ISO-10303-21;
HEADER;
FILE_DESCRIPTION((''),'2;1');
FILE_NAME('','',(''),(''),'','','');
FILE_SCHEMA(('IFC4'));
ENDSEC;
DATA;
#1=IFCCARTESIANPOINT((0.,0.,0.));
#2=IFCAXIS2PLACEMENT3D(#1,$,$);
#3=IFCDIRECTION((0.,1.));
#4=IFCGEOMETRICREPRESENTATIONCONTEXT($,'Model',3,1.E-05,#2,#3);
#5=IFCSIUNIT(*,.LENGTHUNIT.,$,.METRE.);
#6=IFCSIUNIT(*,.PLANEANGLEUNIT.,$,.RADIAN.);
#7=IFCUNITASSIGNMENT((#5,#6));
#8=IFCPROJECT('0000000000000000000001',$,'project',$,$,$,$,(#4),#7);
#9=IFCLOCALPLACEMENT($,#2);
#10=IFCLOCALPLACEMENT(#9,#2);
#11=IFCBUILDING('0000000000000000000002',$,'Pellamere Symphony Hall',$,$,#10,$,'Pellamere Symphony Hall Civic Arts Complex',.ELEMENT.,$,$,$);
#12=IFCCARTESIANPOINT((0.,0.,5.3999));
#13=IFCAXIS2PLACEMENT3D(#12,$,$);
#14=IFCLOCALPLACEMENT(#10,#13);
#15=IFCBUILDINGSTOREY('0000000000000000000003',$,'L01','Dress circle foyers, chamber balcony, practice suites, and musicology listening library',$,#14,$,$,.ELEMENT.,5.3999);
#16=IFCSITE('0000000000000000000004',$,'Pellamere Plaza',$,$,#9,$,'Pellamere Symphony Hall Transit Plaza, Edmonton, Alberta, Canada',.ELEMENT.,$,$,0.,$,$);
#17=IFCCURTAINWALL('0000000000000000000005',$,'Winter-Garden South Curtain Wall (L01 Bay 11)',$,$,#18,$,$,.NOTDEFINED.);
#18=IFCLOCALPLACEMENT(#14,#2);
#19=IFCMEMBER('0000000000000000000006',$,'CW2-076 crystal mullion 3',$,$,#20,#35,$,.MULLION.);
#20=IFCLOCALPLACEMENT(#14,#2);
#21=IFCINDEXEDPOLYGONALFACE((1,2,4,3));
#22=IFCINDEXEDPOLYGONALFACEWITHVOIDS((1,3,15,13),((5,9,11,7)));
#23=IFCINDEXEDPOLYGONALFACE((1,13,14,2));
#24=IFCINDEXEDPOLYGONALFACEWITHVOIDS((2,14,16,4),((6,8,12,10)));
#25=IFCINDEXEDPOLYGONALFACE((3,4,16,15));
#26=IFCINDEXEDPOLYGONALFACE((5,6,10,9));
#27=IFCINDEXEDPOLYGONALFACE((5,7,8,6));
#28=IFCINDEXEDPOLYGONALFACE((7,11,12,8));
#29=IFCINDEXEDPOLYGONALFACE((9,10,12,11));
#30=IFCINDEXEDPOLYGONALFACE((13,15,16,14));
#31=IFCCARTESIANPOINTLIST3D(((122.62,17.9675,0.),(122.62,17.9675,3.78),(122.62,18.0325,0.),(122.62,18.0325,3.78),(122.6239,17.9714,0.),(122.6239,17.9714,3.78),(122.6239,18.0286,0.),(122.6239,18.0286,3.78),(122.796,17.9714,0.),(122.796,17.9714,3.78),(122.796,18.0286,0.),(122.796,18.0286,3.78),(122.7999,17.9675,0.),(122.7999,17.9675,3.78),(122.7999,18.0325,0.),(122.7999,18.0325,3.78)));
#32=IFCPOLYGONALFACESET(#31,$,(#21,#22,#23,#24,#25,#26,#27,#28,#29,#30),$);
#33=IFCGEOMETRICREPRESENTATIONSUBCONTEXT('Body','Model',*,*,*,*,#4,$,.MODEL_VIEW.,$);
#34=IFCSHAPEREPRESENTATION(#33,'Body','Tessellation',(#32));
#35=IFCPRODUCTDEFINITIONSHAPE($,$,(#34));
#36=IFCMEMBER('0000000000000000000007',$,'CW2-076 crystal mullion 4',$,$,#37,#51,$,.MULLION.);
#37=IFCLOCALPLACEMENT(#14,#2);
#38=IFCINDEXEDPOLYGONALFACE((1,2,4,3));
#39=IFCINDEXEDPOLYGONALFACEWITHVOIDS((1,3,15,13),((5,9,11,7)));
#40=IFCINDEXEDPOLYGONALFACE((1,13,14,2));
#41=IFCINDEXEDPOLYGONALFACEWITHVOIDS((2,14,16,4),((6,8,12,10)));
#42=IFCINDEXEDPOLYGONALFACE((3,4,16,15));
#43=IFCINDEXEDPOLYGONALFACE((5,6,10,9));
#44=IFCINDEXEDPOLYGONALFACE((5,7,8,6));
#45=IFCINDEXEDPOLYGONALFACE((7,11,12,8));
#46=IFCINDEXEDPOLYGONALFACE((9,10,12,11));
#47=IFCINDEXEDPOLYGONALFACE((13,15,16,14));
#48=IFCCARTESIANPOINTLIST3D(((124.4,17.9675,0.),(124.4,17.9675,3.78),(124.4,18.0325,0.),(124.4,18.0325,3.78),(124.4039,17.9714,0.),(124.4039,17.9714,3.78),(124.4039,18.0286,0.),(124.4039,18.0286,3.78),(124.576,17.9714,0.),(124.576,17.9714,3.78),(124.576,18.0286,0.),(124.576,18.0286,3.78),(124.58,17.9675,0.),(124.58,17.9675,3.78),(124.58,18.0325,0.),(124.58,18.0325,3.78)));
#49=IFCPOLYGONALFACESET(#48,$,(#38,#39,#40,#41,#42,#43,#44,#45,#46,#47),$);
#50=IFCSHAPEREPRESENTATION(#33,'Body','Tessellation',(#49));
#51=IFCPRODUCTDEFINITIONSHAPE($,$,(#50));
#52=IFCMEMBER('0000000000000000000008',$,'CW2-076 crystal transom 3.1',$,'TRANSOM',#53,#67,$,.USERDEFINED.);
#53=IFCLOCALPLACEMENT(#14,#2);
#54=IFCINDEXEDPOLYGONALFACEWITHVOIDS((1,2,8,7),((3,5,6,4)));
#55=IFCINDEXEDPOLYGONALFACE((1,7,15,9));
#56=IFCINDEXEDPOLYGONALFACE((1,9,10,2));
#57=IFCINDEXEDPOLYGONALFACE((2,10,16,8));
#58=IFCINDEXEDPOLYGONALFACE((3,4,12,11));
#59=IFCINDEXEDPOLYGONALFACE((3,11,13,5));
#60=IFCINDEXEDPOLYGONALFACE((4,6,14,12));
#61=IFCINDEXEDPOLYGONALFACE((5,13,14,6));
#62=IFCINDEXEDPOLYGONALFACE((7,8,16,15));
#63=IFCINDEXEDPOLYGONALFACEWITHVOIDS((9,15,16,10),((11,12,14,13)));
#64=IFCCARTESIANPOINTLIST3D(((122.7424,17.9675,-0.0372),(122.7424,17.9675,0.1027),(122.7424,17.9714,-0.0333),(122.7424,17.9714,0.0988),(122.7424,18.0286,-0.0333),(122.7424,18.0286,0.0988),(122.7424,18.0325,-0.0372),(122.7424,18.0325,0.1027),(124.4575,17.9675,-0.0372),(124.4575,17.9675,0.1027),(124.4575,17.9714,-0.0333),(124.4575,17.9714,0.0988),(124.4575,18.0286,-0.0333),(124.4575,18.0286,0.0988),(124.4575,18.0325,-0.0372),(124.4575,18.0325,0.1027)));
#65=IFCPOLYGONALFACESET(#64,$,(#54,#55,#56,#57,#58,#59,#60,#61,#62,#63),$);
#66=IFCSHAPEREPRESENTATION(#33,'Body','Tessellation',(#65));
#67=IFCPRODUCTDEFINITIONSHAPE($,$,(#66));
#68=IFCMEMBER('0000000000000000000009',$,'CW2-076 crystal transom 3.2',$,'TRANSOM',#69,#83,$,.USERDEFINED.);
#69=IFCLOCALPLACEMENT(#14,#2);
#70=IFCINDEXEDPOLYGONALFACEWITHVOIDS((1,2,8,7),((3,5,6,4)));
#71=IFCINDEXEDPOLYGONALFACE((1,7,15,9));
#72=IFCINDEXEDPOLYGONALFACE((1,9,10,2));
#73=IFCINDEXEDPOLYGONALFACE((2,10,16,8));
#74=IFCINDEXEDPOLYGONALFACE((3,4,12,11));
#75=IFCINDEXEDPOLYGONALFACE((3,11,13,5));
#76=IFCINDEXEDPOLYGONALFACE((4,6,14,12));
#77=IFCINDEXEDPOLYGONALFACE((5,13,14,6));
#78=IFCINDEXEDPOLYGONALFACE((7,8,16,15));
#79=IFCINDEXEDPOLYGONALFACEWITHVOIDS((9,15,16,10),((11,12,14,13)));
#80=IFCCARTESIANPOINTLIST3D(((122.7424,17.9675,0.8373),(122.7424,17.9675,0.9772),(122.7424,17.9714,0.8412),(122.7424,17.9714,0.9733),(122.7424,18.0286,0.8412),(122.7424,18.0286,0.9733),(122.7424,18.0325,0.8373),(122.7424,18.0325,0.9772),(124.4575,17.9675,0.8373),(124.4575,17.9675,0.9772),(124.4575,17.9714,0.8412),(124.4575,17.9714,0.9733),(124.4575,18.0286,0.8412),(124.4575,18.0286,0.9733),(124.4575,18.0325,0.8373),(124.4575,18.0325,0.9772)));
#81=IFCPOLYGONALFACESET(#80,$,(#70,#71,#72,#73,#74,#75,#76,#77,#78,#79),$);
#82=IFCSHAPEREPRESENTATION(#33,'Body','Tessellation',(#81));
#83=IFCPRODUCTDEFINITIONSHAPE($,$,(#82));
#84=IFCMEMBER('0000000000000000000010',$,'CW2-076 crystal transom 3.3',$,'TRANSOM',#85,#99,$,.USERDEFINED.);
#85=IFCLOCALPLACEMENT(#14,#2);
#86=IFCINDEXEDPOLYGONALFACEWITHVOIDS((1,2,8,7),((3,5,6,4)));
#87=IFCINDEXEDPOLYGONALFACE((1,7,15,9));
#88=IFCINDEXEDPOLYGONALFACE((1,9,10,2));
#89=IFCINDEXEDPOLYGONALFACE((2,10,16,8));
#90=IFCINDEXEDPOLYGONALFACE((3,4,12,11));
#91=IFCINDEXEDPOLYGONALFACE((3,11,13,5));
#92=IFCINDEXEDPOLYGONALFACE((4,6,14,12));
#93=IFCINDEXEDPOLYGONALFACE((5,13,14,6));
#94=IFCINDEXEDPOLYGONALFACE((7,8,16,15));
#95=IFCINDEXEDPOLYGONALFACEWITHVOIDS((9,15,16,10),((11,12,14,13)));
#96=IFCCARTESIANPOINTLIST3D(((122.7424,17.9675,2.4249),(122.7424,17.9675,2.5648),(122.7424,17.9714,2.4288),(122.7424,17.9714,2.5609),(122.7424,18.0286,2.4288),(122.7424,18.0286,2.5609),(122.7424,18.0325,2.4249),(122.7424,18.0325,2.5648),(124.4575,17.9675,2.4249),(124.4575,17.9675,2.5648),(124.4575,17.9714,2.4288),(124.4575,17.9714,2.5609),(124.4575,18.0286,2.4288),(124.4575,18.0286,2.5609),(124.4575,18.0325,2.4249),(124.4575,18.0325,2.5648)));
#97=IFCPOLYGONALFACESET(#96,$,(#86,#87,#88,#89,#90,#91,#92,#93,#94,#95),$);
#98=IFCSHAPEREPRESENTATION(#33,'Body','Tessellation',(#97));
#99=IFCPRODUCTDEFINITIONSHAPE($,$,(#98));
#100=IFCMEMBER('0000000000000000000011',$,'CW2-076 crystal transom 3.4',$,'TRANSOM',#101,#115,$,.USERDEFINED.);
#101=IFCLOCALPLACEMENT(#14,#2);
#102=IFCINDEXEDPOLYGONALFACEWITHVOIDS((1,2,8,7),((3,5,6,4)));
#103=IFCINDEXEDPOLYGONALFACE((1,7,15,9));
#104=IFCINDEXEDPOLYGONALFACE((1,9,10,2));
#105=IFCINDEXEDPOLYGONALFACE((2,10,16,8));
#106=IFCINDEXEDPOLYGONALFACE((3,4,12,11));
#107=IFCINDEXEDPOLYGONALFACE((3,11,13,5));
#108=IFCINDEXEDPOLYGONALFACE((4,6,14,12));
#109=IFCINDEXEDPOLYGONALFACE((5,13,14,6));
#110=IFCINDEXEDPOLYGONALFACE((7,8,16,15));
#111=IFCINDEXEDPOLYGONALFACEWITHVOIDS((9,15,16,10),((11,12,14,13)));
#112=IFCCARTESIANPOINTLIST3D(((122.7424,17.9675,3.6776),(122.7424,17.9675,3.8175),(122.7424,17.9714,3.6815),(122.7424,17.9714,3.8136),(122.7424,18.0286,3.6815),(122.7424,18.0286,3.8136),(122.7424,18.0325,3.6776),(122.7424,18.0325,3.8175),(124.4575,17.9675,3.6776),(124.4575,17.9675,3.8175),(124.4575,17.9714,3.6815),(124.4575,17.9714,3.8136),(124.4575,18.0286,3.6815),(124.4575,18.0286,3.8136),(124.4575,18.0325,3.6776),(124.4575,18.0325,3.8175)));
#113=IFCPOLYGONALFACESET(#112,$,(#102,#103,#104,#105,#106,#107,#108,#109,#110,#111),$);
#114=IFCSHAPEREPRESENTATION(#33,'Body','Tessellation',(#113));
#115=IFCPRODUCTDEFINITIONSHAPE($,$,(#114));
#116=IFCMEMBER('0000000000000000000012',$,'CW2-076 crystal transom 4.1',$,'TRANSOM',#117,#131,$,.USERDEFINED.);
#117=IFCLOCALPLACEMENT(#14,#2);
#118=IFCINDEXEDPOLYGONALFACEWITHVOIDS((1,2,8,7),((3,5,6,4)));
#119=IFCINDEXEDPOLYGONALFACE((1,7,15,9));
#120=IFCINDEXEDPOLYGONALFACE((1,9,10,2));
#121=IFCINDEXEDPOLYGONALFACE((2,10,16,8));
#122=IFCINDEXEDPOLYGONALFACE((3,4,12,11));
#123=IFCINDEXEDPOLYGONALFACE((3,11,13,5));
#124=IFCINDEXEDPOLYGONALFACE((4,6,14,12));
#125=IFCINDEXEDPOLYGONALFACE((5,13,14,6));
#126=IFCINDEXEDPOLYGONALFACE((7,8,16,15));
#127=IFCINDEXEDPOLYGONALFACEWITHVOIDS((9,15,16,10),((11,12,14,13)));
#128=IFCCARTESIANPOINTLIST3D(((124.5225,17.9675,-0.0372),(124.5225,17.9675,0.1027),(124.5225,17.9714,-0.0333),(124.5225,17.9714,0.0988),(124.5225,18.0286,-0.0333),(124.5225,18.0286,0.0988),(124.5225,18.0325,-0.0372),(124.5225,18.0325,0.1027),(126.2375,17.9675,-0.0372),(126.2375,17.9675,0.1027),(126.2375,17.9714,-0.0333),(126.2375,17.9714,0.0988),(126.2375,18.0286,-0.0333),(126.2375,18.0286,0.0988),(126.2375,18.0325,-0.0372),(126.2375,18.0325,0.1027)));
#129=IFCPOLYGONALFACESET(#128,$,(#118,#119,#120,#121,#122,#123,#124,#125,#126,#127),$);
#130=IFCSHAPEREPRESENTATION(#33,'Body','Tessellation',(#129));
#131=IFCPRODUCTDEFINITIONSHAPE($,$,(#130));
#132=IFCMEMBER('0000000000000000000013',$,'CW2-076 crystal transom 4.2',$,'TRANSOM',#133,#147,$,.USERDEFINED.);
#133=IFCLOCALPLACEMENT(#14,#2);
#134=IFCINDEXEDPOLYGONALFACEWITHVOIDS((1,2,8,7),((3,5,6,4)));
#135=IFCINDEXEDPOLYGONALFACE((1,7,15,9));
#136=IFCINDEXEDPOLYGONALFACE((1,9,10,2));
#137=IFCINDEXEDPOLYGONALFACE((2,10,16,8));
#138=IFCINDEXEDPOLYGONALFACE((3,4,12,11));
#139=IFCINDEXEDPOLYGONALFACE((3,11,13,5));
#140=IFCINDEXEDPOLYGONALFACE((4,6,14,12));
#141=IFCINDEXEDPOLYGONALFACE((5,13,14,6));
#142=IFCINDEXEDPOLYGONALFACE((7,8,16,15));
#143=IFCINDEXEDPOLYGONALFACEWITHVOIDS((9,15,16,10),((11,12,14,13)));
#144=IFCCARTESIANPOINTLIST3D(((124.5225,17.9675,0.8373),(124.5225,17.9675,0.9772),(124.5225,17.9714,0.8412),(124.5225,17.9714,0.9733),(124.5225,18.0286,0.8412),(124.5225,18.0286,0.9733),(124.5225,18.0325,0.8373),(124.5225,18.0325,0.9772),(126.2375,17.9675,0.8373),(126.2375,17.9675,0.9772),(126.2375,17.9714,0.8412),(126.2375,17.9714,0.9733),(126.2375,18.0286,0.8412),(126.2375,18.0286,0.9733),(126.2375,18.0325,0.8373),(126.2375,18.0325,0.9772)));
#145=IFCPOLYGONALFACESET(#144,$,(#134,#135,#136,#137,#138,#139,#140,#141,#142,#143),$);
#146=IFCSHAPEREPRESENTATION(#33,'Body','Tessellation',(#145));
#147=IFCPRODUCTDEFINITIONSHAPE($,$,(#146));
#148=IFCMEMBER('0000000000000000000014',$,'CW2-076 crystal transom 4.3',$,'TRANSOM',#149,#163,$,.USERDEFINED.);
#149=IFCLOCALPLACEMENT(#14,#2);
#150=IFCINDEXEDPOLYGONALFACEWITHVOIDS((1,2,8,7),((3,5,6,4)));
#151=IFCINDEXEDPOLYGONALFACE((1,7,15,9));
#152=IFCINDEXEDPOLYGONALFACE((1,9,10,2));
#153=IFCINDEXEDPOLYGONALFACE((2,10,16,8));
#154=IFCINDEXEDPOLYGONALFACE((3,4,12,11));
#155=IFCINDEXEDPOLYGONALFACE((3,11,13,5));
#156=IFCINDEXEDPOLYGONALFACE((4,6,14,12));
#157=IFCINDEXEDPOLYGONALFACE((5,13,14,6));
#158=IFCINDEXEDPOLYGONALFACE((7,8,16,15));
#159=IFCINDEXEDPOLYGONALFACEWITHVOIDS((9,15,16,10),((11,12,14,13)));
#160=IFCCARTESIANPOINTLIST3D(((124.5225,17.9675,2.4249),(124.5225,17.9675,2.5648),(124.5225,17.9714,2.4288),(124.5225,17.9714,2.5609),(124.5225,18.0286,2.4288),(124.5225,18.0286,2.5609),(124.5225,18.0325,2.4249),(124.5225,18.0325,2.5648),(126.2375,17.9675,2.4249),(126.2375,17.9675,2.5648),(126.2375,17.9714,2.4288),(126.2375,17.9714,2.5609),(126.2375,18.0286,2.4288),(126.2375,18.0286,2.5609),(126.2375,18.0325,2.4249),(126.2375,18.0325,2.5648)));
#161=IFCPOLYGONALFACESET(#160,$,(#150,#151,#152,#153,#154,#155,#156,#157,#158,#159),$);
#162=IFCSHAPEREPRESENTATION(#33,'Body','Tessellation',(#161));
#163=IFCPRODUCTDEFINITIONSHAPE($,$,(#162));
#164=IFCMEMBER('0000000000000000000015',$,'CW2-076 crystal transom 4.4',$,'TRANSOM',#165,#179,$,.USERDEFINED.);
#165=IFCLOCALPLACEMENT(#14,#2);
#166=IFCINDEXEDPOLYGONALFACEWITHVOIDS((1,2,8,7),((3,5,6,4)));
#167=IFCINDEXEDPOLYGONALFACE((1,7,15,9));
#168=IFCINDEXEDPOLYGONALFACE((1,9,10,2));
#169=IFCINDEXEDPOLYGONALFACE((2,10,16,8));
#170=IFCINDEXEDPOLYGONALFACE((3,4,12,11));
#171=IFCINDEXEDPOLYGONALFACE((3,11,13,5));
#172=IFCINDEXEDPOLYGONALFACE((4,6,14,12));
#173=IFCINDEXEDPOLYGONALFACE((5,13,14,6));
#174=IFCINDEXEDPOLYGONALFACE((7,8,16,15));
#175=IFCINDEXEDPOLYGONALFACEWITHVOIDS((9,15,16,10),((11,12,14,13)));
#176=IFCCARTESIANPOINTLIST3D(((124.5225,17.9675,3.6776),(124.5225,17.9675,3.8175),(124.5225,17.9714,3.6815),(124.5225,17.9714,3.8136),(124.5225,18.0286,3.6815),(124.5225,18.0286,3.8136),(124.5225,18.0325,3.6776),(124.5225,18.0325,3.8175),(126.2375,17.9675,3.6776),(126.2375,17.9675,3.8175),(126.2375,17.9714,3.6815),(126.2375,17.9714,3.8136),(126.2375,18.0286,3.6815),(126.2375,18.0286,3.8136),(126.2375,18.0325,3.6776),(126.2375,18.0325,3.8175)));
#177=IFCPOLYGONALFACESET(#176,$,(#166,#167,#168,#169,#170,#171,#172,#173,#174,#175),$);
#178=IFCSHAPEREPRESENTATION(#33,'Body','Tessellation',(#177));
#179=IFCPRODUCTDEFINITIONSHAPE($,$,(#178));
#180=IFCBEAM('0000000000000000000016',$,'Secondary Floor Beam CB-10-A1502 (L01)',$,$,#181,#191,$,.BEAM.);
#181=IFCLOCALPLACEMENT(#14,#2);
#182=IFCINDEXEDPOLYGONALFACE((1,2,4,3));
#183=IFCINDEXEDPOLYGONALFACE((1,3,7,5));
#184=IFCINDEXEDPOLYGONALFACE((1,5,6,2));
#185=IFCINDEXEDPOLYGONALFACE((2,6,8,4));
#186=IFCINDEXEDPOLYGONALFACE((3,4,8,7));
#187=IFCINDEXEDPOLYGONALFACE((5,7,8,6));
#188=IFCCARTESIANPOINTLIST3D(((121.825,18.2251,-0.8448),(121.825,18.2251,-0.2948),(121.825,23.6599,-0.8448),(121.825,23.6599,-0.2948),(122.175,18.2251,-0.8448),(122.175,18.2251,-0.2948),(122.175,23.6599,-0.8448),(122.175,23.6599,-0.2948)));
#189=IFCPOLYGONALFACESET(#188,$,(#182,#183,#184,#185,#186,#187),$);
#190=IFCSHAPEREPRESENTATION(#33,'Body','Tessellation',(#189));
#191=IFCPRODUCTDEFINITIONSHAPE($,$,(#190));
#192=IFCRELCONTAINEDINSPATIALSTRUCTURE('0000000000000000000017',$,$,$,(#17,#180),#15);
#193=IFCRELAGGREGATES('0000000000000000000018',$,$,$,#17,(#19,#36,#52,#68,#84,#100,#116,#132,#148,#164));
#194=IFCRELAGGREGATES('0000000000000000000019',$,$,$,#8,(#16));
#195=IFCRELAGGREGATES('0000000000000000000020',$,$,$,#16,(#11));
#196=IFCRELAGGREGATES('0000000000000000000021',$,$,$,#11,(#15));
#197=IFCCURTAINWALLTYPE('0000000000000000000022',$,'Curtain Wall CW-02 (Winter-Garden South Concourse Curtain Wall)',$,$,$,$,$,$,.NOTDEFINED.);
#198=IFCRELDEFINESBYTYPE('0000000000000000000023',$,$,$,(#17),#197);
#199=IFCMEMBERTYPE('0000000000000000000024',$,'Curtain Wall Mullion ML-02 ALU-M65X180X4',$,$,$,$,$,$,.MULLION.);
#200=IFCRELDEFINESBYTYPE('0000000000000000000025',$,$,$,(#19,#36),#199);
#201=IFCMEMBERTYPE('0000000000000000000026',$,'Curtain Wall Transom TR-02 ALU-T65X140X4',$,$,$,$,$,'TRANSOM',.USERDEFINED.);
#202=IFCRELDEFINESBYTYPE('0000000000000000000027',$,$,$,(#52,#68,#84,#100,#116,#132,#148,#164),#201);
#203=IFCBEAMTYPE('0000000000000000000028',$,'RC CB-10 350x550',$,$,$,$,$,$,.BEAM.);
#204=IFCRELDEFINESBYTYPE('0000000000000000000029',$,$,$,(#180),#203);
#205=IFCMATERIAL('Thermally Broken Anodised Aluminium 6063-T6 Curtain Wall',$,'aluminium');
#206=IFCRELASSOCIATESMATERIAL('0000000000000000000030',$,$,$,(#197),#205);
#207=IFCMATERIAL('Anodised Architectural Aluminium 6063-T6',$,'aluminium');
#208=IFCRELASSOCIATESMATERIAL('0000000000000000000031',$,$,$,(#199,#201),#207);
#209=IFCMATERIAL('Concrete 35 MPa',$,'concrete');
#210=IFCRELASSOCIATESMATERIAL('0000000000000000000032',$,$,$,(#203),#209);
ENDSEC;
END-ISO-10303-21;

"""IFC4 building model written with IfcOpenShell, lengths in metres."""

from ifc_helpers import new_model, si_unit, direction, frame, origin, origin_2d, place, context, subcontext, project, spatial, rectangle, hollow_rectangle, extrude, material, material_profile, profile_set, type_object, element, aggregate, save


model = new_model("IFC4")

# Units and contexts
model_context = context("Model", 3, precision=1e-05, world=origin(), true_north=direction((0.0, 1.0)))
body_context = subcontext(model_context, "Body", "Model", "MODEL_VIEW")
ifc_project = project(units=[si_unit("LENGTHUNIT", "METRE"), si_unit("PLANEANGLEUNIT", "RADIAN")], contexts=[model_context])

# Site, building, storey
site_placement = place(None, origin())
site = spatial("IfcSite", under=ifc_project, at=site_placement, Name="Pellamere Plaza", LongName="Pellamere Symphony Hall Transit Plaza, Edmonton, Alberta, Canada", CompositionType="ELEMENT", RefElevation=0.0)
building_placement = place(site_placement, origin())
building = spatial("IfcBuilding", under=site, at=building_placement, Name="Pellamere Symphony Hall", LongName="Pellamere Symphony Hall Civic Arts Complex", CompositionType="ELEMENT")
storey_placement = place(building_placement, frame((0.0, 0.0, 5.3999)))
storey = spatial("IfcBuildingStorey", under=building, at=storey_placement, Name="L01", Description="Dress circle foyers, chamber balcony, practice suites, and musicology listening library", CompositionType="ELEMENT", Elevation=5.3999)

# Curtain wall, members
ifc_material_1 = material(Name="Thermally Broken Anodised Aluminium 6063-T6 Curtain Wall", Category="aluminium")
curtain_wall_type = type_object("IfcCurtainWallType", Name="Curtain Wall CW-02 (Winter-Garden South Concourse Curtain Wall)", PredefinedType="NOTDEFINED", material=ifc_material_1)
curtain_wall_placement = place(storey_placement, origin())
curtain_wall = element("IfcCurtainWall", 1, at=curtain_wall_placement, inside=storey, type_object=curtain_wall_type, Name="Winter-Garden South Curtain Wall (L01 Bay 11)", PredefinedType="NOTDEFINED")
ifc_material_2 = material(Name="Anodised Architectural Aluminium 6063-T6", Category="aluminium")
ifc_material_profile_1 = material_profile(ifc_material_2, hollow_rectangle(XDim=0.0649, YDim=0.1799, WallThickness=0.0039, at=origin_2d()), Name="ALU-M65X180X4")
ifc_profile_set_1 = profile_set([ifc_material_profile_1], Name="Anodised Architectural Aluminium 6063-T6")
member_type_1 = type_object("IfcMemberType", Name="Curtain Wall Mullion ML-02 ALU-M65X180X4", PredefinedType="MULLION", material=ifc_profile_set_1)
member_1_placement = place(storey_placement, frame((122.71, 18.0, 0.0), z_axis=(0.0, 0.0, 1.0), x_axis=(0.0, 1.0, 0.0)))
member_1 = element("IfcMember", 2, at=member_1_placement, type_object=member_type_1, Name="CW2-076 crystal mullion 3", PredefinedType="MULLION", context=body_context, shape_type="SweptSolid", body=[
    extrude(hollow_rectangle(XDim=0.0649, YDim=0.1799, WallThickness=0.0039, at=origin_2d()), origin(), (0.0, 0.0, 1.0), 3.78),
])
member_2_placement = place(storey_placement, frame((124.49, 18.0, 0.0), z_axis=(0.0, 0.0, 1.0), x_axis=(0.0, 1.0, 0.0)))
member_2 = element("IfcMember", 3, at=member_2_placement, type_object=member_type_1, Name="CW2-076 crystal mullion 4", PredefinedType="MULLION", context=body_context, shape_type="SweptSolid", body=[
    extrude(hollow_rectangle(XDim=0.0649, YDim=0.1799, WallThickness=0.0039, at=origin_2d()), origin(), (0.0, 0.0, 1.0), 3.78),
])
ifc_material_profile_2 = material_profile(ifc_material_2, hollow_rectangle(XDim=0.0649, YDim=0.1399, WallThickness=0.0039, at=origin_2d()), Name="ALU-T65X140X4")
ifc_profile_set_2 = profile_set([ifc_material_profile_2], Name="Anodised Architectural Aluminium 6063-T6")
member_type_2 = type_object("IfcMemberType", Name="Curtain Wall Transom TR-02 ALU-T65X140X4", ElementType="TRANSOM", PredefinedType="USERDEFINED", material=ifc_profile_set_2)
member_3_placement = place(storey_placement, frame((122.7424, 18.0, 0.0327), z_axis=(1.0, 0.0, 0.0), x_axis=(0.0, 1.0, 0.0)))
member_3 = element("IfcMember", 4, at=member_3_placement, type_object=member_type_2, Name="CW2-076 crystal transom 3.1", ObjectType="TRANSOM", PredefinedType="USERDEFINED", context=body_context, shape_type="SweptSolid", body=[
    extrude(hollow_rectangle(XDim=0.0649, YDim=0.1399, WallThickness=0.0039, at=origin_2d()), origin(), (0.0, 0.0, 1.0), 1.7151),
])
member_4_placement = place(storey_placement, frame((122.7424, 18.0, 0.9072), z_axis=(1.0, 0.0, 0.0), x_axis=(0.0, 1.0, 0.0)))
member_4 = element("IfcMember", 5, at=member_4_placement, type_object=member_type_2, Name="CW2-076 crystal transom 3.2", ObjectType="TRANSOM", PredefinedType="USERDEFINED", context=body_context, shape_type="SweptSolid", body=[
    extrude(hollow_rectangle(XDim=0.0649, YDim=0.1399, WallThickness=0.0039, at=origin_2d()), origin(), (0.0, 0.0, 1.0), 1.7151),
])
member_5_placement = place(storey_placement, frame((122.7424, 18.0, 2.4949), z_axis=(1.0, 0.0, 0.0), x_axis=(0.0, 1.0, 0.0)))
member_5 = element("IfcMember", 6, at=member_5_placement, type_object=member_type_2, Name="CW2-076 crystal transom 3.3", ObjectType="TRANSOM", PredefinedType="USERDEFINED", context=body_context, shape_type="SweptSolid", body=[
    extrude(hollow_rectangle(XDim=0.0649, YDim=0.1399, WallThickness=0.0039, at=origin_2d()), origin(), (0.0, 0.0, 1.0), 1.7151),
])
member_6_placement = place(storey_placement, frame((122.7424, 18.0, 3.7476), z_axis=(1.0, 0.0, 0.0), x_axis=(0.0, 1.0, 0.0)))
member_6 = element("IfcMember", 7, at=member_6_placement, type_object=member_type_2, Name="CW2-076 crystal transom 3.4", ObjectType="TRANSOM", PredefinedType="USERDEFINED", context=body_context, shape_type="SweptSolid", body=[
    extrude(hollow_rectangle(XDim=0.0649, YDim=0.1399, WallThickness=0.0039, at=origin_2d()), origin(), (0.0, 0.0, 1.0), 1.7151),
])
member_7_placement = place(storey_placement, frame((124.5225, 18.0, 0.0327), z_axis=(1.0, 0.0, 0.0), x_axis=(0.0, 1.0, 0.0)))
member_7 = element("IfcMember", 8, at=member_7_placement, type_object=member_type_2, Name="CW2-076 crystal transom 4.1", ObjectType="TRANSOM", PredefinedType="USERDEFINED", context=body_context, shape_type="SweptSolid", body=[
    extrude(hollow_rectangle(XDim=0.0649, YDim=0.1399, WallThickness=0.0039, at=origin_2d()), origin(), (0.0, 0.0, 1.0), 1.7151),
])
member_8_placement = place(storey_placement, frame((124.5225, 18.0, 0.9072), z_axis=(1.0, 0.0, 0.0), x_axis=(0.0, 1.0, 0.0)))
member_8 = element("IfcMember", 9, at=member_8_placement, type_object=member_type_2, Name="CW2-076 crystal transom 4.2", ObjectType="TRANSOM", PredefinedType="USERDEFINED", context=body_context, shape_type="SweptSolid", body=[
    extrude(hollow_rectangle(XDim=0.0649, YDim=0.1399, WallThickness=0.0039, at=origin_2d()), origin(), (0.0, 0.0, 1.0), 1.7151),
])
member_9_placement = place(storey_placement, frame((124.5225, 18.0, 2.4949), z_axis=(1.0, 0.0, 0.0), x_axis=(0.0, 1.0, 0.0)))
member_9 = element("IfcMember", 10, at=member_9_placement, type_object=member_type_2, Name="CW2-076 crystal transom 4.3", ObjectType="TRANSOM", PredefinedType="USERDEFINED", context=body_context, shape_type="SweptSolid", body=[
    extrude(hollow_rectangle(XDim=0.0649, YDim=0.1399, WallThickness=0.0039, at=origin_2d()), origin(), (0.0, 0.0, 1.0), 1.7151),
])
member_10_placement = place(storey_placement, frame((124.5225, 18.0, 3.7476), z_axis=(1.0, 0.0, 0.0), x_axis=(0.0, 1.0, 0.0)))
member_10 = element("IfcMember", 11, at=member_10_placement, type_object=member_type_2, Name="CW2-076 crystal transom 4.4", ObjectType="TRANSOM", PredefinedType="USERDEFINED", context=body_context, shape_type="SweptSolid", body=[
    extrude(hollow_rectangle(XDim=0.0649, YDim=0.1399, WallThickness=0.0039, at=origin_2d()), origin(), (0.0, 0.0, 1.0), 1.7151),
])

# Beam
ifc_material_3 = material(Name="Concrete 35 MPa", Category="concrete")
ifc_material_profile_3 = material_profile(ifc_material_3, rectangle(XDim=0.3501, YDim=0.55, at=origin_2d()), Name="RC 350x550")
ifc_profile_set_3 = profile_set([ifc_material_profile_3], Name="Concrete 35 MPa")
beam_type = type_object("IfcBeamType", Name="RC CB-10 350x550", PredefinedType="BEAM", material=ifc_profile_set_3)
for number, where, z_axis, x_axis, name in (
    (12, (122.0, 18.2251, -0.5698), (0.0, 1.0, 0.0), (-1.0, 0.0, 0.0), "Secondary Floor Beam CB-10-A1502 (L01)"),
):
    element("IfcBeam", number, at=place(storey_placement, frame(where, z_axis=z_axis, x_axis=x_axis)), inside=storey, type_object=beam_type, Name=name, PredefinedType="BEAM", context=body_context, shape_type="SweptSolid", body=[
        extrude(rectangle(XDim=0.3501, YDim=0.55, at=origin_2d()), origin(), (0.0, 0.0, 1.0), 5.4348),
    ])

aggregate(curtain_wall, [member_1, member_2, member_3, member_4, member_5, member_6, member_7, member_8, member_9, member_10])

save(model, "model.ifc")
